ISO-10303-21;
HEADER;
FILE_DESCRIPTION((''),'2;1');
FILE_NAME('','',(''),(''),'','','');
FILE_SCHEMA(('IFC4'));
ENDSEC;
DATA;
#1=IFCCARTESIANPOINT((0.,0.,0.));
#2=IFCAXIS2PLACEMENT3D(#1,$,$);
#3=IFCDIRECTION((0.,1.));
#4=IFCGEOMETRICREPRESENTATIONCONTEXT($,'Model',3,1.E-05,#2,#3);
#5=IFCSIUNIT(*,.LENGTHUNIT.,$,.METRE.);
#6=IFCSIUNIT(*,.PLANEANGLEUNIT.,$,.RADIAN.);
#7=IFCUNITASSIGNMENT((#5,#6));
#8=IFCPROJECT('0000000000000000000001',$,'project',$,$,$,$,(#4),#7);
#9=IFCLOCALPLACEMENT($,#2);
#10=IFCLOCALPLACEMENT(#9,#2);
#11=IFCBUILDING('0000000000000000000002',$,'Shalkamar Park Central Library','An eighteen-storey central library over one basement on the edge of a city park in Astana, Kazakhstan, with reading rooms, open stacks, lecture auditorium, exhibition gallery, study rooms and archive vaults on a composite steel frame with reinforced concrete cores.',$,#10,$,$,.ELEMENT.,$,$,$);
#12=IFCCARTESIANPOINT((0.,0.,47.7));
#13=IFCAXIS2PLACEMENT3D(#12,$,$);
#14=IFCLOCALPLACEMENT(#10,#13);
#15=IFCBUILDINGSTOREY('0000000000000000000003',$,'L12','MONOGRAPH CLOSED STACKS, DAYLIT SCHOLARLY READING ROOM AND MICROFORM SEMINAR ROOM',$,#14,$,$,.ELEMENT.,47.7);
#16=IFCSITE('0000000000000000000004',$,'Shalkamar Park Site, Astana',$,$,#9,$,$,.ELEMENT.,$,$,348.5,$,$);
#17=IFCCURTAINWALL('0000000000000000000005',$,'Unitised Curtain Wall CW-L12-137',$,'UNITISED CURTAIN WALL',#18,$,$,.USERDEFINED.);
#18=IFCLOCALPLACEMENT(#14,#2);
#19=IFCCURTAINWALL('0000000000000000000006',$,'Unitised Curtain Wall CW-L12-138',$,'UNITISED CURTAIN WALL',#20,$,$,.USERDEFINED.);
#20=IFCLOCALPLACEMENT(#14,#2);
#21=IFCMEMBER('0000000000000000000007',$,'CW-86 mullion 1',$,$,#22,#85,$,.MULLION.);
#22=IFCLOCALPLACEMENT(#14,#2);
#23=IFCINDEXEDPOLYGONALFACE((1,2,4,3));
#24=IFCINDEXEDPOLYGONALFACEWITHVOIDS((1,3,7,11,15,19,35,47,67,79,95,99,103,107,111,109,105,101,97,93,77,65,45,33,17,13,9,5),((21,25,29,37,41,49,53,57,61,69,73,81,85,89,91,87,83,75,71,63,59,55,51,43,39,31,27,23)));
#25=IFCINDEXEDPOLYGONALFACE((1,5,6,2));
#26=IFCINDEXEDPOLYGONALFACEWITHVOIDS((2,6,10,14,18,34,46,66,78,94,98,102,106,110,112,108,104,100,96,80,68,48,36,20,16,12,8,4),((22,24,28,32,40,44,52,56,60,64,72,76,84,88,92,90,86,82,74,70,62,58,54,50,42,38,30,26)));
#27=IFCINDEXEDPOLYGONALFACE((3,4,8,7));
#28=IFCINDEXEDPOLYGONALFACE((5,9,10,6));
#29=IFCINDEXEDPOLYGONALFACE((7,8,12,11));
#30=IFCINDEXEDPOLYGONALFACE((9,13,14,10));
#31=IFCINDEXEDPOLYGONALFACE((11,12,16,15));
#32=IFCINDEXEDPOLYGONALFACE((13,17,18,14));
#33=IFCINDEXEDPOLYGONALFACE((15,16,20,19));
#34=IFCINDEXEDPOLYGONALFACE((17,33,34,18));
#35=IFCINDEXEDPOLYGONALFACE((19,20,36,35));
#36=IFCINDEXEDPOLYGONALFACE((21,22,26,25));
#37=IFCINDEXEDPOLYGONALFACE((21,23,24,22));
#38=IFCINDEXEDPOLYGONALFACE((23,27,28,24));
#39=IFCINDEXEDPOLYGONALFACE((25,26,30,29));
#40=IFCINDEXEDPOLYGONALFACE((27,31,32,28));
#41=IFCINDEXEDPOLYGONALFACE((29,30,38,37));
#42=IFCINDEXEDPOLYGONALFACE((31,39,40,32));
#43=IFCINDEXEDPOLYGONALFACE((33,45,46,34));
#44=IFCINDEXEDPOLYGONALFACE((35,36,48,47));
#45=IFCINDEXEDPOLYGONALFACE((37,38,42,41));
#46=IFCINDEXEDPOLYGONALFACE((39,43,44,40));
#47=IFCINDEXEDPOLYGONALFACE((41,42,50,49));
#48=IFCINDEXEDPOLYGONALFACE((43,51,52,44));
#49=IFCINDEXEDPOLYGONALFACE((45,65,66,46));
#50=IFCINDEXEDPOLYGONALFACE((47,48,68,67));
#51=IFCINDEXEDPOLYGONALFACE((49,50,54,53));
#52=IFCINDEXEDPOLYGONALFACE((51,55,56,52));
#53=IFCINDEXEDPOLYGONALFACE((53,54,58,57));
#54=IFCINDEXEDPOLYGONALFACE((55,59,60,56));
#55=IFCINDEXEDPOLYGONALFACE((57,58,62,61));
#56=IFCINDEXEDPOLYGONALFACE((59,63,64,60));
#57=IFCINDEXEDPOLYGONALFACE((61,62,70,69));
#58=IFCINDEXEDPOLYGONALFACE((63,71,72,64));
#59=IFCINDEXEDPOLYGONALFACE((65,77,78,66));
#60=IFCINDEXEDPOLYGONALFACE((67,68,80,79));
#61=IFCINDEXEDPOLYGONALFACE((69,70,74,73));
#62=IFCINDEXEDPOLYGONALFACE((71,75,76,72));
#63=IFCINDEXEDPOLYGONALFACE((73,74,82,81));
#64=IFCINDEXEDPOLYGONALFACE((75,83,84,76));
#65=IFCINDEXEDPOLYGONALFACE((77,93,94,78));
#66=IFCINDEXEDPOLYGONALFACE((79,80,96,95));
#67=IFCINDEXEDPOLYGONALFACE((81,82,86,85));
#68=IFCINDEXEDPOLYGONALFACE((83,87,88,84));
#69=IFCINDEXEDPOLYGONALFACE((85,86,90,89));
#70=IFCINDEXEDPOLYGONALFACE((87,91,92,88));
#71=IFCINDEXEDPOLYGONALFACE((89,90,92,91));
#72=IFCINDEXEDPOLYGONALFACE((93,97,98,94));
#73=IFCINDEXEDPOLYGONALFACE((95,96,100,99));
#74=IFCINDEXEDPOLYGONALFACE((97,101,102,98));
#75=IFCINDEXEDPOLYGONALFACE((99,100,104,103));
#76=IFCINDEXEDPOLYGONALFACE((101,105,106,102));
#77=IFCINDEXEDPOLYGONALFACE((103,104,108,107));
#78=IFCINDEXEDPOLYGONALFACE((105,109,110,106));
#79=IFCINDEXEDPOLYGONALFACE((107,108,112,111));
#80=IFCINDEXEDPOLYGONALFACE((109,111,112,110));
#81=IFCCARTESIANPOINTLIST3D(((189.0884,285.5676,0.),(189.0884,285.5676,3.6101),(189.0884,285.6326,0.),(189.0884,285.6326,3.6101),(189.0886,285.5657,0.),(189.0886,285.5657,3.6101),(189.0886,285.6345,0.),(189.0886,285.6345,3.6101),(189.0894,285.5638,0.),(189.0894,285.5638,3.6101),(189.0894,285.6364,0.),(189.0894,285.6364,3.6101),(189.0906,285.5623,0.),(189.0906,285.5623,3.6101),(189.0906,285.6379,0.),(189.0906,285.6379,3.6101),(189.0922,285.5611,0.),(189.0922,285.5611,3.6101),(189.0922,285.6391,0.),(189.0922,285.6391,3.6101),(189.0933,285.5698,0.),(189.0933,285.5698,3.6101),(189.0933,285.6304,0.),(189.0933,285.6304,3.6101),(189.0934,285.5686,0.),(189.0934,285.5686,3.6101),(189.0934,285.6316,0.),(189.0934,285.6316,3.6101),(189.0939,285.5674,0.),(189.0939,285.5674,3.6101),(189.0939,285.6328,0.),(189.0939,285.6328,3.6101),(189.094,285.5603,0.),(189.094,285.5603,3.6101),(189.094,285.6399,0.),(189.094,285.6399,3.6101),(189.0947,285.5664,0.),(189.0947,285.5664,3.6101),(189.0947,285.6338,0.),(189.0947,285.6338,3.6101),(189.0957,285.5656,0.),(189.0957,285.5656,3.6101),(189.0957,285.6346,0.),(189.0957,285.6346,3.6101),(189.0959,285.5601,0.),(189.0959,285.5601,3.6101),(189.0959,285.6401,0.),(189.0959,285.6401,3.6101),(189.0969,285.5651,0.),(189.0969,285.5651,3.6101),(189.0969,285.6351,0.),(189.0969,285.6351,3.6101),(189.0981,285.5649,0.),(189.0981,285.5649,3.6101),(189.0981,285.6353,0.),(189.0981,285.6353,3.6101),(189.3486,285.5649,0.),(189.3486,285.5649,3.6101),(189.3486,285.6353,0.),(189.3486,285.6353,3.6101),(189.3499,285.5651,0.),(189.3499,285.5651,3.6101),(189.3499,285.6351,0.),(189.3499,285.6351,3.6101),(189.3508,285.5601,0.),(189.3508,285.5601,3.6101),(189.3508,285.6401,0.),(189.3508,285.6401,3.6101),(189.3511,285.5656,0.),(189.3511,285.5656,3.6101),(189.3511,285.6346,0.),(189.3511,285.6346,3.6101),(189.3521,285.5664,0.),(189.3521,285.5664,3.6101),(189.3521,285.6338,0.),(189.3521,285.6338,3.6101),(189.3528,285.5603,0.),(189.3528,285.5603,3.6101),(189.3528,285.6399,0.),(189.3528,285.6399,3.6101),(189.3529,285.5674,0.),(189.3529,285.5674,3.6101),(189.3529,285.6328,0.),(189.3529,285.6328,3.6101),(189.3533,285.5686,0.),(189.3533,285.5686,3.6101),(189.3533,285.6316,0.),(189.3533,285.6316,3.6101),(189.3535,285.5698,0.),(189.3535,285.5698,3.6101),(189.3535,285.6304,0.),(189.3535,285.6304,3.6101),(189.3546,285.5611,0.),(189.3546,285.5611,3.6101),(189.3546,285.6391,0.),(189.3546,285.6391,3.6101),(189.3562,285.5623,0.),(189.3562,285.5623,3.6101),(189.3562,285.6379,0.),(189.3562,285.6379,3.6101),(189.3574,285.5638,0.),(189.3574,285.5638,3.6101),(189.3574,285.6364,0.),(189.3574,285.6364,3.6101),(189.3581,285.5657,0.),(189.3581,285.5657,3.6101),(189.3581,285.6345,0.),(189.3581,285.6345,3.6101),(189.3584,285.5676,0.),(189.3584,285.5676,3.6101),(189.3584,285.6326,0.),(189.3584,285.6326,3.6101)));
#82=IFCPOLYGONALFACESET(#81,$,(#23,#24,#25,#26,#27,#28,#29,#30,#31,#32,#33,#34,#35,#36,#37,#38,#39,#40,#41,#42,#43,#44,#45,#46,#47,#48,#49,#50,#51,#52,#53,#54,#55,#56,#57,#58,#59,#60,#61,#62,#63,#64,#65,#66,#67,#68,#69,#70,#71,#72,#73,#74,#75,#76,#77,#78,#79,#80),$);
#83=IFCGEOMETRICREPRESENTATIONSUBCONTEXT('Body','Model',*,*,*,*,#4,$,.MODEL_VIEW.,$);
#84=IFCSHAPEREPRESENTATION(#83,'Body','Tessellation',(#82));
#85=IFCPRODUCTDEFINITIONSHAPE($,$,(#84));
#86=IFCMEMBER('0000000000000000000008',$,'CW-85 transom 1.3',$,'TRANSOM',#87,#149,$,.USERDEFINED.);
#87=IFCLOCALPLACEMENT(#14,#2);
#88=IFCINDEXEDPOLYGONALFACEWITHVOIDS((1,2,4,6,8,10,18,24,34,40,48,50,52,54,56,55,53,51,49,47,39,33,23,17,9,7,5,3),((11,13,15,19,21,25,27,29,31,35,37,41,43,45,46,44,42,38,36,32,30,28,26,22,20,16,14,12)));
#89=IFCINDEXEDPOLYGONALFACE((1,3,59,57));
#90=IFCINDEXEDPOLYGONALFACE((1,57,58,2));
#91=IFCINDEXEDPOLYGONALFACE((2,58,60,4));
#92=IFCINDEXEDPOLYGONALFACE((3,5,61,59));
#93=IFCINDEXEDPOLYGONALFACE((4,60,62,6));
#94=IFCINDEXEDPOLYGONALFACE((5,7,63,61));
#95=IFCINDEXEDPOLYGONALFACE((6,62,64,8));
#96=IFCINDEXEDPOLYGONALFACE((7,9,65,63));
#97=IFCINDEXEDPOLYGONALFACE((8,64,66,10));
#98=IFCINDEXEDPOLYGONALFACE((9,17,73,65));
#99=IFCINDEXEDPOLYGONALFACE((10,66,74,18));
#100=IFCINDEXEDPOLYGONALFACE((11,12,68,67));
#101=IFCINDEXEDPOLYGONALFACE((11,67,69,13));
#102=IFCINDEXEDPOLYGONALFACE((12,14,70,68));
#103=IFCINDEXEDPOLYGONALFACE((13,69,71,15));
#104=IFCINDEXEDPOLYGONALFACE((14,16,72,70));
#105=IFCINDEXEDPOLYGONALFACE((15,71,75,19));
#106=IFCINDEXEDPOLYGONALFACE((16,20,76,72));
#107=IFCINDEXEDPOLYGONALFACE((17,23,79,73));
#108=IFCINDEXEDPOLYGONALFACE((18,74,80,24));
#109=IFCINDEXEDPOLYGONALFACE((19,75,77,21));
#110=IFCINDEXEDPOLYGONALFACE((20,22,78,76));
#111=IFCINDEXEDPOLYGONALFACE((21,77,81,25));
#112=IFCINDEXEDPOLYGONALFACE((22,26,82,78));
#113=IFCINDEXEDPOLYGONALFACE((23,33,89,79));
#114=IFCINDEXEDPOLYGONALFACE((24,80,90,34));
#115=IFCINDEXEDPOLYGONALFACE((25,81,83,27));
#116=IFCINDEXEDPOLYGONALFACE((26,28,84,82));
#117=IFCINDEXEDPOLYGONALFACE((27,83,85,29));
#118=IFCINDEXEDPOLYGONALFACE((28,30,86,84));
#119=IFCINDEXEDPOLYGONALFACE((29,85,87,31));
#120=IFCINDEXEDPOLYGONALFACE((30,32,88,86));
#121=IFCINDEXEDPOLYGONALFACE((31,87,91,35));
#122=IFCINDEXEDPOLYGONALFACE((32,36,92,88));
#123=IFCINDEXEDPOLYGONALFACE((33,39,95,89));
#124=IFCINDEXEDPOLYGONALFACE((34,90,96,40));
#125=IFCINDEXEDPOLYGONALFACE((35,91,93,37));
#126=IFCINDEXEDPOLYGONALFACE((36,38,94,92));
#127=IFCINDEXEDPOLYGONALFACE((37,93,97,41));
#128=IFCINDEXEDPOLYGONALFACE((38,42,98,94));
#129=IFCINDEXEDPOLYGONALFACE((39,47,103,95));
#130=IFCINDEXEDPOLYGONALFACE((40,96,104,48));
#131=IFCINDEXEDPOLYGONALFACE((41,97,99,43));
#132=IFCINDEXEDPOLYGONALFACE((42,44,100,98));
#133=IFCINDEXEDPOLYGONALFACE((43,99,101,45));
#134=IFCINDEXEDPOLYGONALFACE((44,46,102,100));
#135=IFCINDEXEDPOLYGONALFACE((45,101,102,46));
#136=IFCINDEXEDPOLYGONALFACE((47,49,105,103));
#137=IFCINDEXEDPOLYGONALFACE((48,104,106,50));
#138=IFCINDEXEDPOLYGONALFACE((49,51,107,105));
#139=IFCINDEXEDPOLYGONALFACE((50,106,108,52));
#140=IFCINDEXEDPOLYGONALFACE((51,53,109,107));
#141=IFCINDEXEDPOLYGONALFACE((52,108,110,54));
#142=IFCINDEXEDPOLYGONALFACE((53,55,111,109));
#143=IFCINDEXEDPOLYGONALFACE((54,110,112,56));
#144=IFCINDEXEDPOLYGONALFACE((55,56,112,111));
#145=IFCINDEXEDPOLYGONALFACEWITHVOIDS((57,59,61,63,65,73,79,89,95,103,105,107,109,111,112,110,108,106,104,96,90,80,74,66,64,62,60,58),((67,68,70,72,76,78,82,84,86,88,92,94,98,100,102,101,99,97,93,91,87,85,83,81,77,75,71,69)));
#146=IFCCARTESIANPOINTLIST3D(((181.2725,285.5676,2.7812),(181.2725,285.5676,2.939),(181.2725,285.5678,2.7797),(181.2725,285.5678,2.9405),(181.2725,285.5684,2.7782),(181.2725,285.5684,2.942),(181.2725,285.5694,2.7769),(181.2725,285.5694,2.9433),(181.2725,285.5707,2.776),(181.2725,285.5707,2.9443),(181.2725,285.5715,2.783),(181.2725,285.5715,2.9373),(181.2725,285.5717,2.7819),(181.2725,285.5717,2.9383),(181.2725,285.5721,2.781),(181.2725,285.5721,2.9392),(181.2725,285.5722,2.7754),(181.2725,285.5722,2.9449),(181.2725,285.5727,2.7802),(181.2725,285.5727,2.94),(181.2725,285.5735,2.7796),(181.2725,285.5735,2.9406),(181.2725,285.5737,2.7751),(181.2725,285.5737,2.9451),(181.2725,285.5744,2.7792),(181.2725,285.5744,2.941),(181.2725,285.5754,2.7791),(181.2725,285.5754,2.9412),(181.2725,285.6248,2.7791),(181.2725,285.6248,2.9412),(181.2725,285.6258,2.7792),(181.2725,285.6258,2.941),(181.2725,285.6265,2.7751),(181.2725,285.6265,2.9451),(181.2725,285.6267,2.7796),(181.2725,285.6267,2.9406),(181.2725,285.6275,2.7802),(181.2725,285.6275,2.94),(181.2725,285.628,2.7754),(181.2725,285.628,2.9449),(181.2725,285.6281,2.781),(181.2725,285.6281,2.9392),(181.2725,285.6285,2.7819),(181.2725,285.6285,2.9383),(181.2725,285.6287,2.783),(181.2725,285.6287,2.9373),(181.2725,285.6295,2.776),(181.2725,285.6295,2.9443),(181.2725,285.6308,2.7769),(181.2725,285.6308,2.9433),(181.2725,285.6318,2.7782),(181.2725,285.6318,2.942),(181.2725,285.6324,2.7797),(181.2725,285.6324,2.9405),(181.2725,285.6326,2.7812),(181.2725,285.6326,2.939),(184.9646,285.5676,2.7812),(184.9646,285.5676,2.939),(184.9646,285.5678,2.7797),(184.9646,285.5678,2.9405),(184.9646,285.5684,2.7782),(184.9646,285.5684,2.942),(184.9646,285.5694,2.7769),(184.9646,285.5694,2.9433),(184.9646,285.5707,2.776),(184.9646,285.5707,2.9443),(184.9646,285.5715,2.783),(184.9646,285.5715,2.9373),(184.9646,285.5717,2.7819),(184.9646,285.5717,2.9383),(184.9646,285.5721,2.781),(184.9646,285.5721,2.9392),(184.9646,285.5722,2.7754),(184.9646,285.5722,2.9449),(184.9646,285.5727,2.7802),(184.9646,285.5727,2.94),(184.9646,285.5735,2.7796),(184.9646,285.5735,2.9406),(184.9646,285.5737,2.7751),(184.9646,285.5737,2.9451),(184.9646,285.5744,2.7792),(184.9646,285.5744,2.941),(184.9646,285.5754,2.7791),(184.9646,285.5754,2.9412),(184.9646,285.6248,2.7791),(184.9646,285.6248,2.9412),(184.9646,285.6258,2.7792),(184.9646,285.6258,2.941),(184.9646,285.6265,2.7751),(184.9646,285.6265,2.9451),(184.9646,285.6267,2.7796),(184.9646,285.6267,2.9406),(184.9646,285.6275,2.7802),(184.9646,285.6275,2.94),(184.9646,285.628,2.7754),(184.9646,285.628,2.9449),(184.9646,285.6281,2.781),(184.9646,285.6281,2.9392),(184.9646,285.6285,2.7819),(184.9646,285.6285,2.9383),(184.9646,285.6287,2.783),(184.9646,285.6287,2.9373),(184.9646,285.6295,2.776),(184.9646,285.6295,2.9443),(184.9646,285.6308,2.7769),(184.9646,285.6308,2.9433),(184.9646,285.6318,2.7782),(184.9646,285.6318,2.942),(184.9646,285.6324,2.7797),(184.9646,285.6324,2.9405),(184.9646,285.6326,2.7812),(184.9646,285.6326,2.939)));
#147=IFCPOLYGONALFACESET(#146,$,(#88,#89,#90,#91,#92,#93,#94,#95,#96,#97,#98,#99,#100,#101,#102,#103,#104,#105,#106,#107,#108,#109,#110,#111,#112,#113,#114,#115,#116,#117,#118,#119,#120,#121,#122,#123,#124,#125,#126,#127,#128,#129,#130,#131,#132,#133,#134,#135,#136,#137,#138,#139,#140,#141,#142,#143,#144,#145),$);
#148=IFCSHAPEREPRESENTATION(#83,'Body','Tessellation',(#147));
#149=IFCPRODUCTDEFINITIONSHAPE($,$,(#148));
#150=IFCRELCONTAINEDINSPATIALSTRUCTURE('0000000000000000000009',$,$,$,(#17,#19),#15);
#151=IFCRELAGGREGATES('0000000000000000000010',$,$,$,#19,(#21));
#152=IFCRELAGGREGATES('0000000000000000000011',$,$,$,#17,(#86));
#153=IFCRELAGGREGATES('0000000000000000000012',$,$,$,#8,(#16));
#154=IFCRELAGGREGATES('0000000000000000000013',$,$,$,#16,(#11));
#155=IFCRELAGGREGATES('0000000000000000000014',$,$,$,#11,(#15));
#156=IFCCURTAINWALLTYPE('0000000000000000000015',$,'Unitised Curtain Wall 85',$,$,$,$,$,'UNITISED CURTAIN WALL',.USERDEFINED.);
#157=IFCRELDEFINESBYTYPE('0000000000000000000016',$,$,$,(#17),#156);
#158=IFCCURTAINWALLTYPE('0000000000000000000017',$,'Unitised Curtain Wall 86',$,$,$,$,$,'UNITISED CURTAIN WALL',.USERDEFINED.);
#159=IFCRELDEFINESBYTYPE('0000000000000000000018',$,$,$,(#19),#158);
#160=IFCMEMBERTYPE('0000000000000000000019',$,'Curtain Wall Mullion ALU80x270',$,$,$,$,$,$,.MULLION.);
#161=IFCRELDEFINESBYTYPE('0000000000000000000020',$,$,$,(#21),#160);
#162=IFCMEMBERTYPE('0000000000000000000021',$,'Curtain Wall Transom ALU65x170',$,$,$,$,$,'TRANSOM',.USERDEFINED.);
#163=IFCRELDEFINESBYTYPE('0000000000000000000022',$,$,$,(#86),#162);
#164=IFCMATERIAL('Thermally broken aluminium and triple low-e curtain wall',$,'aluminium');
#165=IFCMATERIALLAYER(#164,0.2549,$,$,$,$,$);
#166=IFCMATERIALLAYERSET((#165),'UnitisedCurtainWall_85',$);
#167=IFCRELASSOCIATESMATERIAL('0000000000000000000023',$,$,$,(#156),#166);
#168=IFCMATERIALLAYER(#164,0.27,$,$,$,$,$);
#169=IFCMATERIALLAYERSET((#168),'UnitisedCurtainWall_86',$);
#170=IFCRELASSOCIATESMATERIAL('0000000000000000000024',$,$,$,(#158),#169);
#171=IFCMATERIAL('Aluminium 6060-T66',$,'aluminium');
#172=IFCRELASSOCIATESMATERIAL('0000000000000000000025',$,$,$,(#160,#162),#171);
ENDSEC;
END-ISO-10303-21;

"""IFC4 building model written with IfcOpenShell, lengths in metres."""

from ifc_helpers import new_model, si_unit, direction, frame, origin, origin_2d, place, context, subcontext, project, spatial, hollow_rectangle, extrude, material, layer, layer_set, material_profile, profile_set, type_object, element, aggregate, save


model = new_model("IFC4")

# Units and contexts
model_context = context("Model", 3, precision=1e-05, world=origin(), true_north=direction((0.0, 1.0)))
body_context = subcontext(model_context, "Body", "Model", "MODEL_VIEW")
ifc_project = project(units=[si_unit("LENGTHUNIT", "METRE"), si_unit("PLANEANGLEUNIT", "RADIAN")], contexts=[model_context])

# Site, building, storey
site_placement = place(None, origin())
site = spatial("IfcSite", under=ifc_project, at=site_placement, Name="Shalkamar Park Site, Astana", CompositionType="ELEMENT", RefElevation=348.5)
building_placement = place(site_placement, origin())
building = spatial("IfcBuilding", under=site, at=building_placement, Name="Shalkamar Park Central Library", Description="An eighteen-storey central library over one basement on the edge of a city park in Astana, Kazakhstan, with reading rooms, open stacks, lecture auditorium, exhibition gallery, study rooms and archive vaults on a composite steel frame with reinforced concrete cores.", CompositionType="ELEMENT")
storey_placement = place(building_placement, frame((0.0, 0.0, 47.7)))
storey = spatial("IfcBuildingStorey", under=building, at=storey_placement, Name="L12", Description="MONOGRAPH CLOSED STACKS, DAYLIT SCHOLARLY READING ROOM AND MICROFORM SEMINAR ROOM", CompositionType="ELEMENT", Elevation=47.7)

# Curtain wall
ifc_material_1 = material(Name="Thermally broken aluminium and triple low-e curtain wall", Category="aluminium")
ifc_layer_1 = layer(ifc_material_1, 0.2549)
ifc_layer_set_1 = layer_set([ifc_layer_1], Name="UnitisedCurtainWall_85")
curtain_wall_type_1 = type_object("IfcCurtainWallType", Name="Unitised Curtain Wall 85", ElementType="UNITISED CURTAIN WALL", PredefinedType="USERDEFINED", material=ifc_layer_set_1)
curtain_wall_1_placement = place(storey_placement, origin())
curtain_wall_1 = element("IfcCurtainWall", 1, at=curtain_wall_1_placement, inside=storey, type_object=curtain_wall_type_1, Name="Unitised Curtain Wall CW-L12-137", ObjectType="UNITISED CURTAIN WALL", PredefinedType="USERDEFINED")
ifc_material_2 = material(Name="Aluminium 6060-T66", Category="aluminium")

# Curtain wall, member
ifc_layer_2 = layer(ifc_material_1, 0.27)
ifc_layer_set_2 = layer_set([ifc_layer_2], Name="UnitisedCurtainWall_86")
curtain_wall_type_2 = type_object("IfcCurtainWallType", Name="Unitised Curtain Wall 86", ElementType="UNITISED CURTAIN WALL", PredefinedType="USERDEFINED", material=ifc_layer_set_2)
curtain_wall_2_placement = place(storey_placement, origin())
curtain_wall_2 = element("IfcCurtainWall", 2, at=curtain_wall_2_placement, inside=storey, type_object=curtain_wall_type_2, Name="Unitised Curtain Wall CW-L12-138", ObjectType="UNITISED CURTAIN WALL", PredefinedType="USERDEFINED")
ifc_material_profile_1 = material_profile(ifc_material_2, hollow_rectangle(XDim=0.0801, YDim=0.27, WallThickness=0.0049, InnerFilletRadius=0.0049, OuterFilletRadius=0.0076, at=origin_2d()), Name="ALU 80x270x5")
ifc_profile_set_1 = profile_set([ifc_material_profile_1], Name="Aluminium 6060-T66")
member_type_1 = type_object("IfcMemberType", Name="Curtain Wall Mullion ALU80x270", PredefinedType="MULLION", material=ifc_profile_set_1)
member_1_placement = place(storey_placement, frame((189.2234, 285.6001, 0.0), z_axis=(0.0, 0.0, 1.0), x_axis=(0.0, 1.0, 0.0)))
member_1 = element("IfcMember", 3, at=member_1_placement, type_object=member_type_1, Name="CW-86 mullion 1", PredefinedType="MULLION", context=body_context, shape_type="SweptSolid", body=[
    extrude(hollow_rectangle(XDim=0.0801, YDim=0.27, WallThickness=0.0049, InnerFilletRadius=0.0049, OuterFilletRadius=0.0076, at=origin_2d()), origin(), (0.0, 0.0, 1.0), 3.6101),
])

# Member
ifc_material_profile_2 = material_profile(ifc_material_2, hollow_rectangle(XDim=0.0649, YDim=0.1699, WallThickness=0.0039, InnerFilletRadius=0.0039, OuterFilletRadius=0.0061, at=origin_2d()), Name="ALU 65x170x4")
ifc_profile_set_2 = profile_set([ifc_material_profile_2], Name="Aluminium 6060-T66")
member_type_2 = type_object("IfcMemberType", Name="Curtain Wall Transom ALU65x170", ElementType="TRANSOM", PredefinedType="USERDEFINED", material=ifc_profile_set_2)
member_2_placement = place(storey_placement, frame((181.2725, 285.6001, 2.8601), z_axis=(1.0, 0.0, 0.0), x_axis=(0.0, 1.0, 0.0)))
member_2 = element("IfcMember", 4, at=member_2_placement, type_object=member_type_2, Name="CW-85 transom 1.3", ObjectType="TRANSOM", PredefinedType="USERDEFINED", context=body_context, shape_type="SweptSolid", body=[
    extrude(hollow_rectangle(XDim=0.0649, YDim=0.1699, WallThickness=0.0039, InnerFilletRadius=0.0039, OuterFilletRadius=0.0061, at=origin_2d()), origin(), (0.0, 0.0, 1.0), 3.6921),
])

aggregate(curtain_wall_2, [member_1])
aggregate(curtain_wall_1, [member_2])

save(model, "model.ifc")
